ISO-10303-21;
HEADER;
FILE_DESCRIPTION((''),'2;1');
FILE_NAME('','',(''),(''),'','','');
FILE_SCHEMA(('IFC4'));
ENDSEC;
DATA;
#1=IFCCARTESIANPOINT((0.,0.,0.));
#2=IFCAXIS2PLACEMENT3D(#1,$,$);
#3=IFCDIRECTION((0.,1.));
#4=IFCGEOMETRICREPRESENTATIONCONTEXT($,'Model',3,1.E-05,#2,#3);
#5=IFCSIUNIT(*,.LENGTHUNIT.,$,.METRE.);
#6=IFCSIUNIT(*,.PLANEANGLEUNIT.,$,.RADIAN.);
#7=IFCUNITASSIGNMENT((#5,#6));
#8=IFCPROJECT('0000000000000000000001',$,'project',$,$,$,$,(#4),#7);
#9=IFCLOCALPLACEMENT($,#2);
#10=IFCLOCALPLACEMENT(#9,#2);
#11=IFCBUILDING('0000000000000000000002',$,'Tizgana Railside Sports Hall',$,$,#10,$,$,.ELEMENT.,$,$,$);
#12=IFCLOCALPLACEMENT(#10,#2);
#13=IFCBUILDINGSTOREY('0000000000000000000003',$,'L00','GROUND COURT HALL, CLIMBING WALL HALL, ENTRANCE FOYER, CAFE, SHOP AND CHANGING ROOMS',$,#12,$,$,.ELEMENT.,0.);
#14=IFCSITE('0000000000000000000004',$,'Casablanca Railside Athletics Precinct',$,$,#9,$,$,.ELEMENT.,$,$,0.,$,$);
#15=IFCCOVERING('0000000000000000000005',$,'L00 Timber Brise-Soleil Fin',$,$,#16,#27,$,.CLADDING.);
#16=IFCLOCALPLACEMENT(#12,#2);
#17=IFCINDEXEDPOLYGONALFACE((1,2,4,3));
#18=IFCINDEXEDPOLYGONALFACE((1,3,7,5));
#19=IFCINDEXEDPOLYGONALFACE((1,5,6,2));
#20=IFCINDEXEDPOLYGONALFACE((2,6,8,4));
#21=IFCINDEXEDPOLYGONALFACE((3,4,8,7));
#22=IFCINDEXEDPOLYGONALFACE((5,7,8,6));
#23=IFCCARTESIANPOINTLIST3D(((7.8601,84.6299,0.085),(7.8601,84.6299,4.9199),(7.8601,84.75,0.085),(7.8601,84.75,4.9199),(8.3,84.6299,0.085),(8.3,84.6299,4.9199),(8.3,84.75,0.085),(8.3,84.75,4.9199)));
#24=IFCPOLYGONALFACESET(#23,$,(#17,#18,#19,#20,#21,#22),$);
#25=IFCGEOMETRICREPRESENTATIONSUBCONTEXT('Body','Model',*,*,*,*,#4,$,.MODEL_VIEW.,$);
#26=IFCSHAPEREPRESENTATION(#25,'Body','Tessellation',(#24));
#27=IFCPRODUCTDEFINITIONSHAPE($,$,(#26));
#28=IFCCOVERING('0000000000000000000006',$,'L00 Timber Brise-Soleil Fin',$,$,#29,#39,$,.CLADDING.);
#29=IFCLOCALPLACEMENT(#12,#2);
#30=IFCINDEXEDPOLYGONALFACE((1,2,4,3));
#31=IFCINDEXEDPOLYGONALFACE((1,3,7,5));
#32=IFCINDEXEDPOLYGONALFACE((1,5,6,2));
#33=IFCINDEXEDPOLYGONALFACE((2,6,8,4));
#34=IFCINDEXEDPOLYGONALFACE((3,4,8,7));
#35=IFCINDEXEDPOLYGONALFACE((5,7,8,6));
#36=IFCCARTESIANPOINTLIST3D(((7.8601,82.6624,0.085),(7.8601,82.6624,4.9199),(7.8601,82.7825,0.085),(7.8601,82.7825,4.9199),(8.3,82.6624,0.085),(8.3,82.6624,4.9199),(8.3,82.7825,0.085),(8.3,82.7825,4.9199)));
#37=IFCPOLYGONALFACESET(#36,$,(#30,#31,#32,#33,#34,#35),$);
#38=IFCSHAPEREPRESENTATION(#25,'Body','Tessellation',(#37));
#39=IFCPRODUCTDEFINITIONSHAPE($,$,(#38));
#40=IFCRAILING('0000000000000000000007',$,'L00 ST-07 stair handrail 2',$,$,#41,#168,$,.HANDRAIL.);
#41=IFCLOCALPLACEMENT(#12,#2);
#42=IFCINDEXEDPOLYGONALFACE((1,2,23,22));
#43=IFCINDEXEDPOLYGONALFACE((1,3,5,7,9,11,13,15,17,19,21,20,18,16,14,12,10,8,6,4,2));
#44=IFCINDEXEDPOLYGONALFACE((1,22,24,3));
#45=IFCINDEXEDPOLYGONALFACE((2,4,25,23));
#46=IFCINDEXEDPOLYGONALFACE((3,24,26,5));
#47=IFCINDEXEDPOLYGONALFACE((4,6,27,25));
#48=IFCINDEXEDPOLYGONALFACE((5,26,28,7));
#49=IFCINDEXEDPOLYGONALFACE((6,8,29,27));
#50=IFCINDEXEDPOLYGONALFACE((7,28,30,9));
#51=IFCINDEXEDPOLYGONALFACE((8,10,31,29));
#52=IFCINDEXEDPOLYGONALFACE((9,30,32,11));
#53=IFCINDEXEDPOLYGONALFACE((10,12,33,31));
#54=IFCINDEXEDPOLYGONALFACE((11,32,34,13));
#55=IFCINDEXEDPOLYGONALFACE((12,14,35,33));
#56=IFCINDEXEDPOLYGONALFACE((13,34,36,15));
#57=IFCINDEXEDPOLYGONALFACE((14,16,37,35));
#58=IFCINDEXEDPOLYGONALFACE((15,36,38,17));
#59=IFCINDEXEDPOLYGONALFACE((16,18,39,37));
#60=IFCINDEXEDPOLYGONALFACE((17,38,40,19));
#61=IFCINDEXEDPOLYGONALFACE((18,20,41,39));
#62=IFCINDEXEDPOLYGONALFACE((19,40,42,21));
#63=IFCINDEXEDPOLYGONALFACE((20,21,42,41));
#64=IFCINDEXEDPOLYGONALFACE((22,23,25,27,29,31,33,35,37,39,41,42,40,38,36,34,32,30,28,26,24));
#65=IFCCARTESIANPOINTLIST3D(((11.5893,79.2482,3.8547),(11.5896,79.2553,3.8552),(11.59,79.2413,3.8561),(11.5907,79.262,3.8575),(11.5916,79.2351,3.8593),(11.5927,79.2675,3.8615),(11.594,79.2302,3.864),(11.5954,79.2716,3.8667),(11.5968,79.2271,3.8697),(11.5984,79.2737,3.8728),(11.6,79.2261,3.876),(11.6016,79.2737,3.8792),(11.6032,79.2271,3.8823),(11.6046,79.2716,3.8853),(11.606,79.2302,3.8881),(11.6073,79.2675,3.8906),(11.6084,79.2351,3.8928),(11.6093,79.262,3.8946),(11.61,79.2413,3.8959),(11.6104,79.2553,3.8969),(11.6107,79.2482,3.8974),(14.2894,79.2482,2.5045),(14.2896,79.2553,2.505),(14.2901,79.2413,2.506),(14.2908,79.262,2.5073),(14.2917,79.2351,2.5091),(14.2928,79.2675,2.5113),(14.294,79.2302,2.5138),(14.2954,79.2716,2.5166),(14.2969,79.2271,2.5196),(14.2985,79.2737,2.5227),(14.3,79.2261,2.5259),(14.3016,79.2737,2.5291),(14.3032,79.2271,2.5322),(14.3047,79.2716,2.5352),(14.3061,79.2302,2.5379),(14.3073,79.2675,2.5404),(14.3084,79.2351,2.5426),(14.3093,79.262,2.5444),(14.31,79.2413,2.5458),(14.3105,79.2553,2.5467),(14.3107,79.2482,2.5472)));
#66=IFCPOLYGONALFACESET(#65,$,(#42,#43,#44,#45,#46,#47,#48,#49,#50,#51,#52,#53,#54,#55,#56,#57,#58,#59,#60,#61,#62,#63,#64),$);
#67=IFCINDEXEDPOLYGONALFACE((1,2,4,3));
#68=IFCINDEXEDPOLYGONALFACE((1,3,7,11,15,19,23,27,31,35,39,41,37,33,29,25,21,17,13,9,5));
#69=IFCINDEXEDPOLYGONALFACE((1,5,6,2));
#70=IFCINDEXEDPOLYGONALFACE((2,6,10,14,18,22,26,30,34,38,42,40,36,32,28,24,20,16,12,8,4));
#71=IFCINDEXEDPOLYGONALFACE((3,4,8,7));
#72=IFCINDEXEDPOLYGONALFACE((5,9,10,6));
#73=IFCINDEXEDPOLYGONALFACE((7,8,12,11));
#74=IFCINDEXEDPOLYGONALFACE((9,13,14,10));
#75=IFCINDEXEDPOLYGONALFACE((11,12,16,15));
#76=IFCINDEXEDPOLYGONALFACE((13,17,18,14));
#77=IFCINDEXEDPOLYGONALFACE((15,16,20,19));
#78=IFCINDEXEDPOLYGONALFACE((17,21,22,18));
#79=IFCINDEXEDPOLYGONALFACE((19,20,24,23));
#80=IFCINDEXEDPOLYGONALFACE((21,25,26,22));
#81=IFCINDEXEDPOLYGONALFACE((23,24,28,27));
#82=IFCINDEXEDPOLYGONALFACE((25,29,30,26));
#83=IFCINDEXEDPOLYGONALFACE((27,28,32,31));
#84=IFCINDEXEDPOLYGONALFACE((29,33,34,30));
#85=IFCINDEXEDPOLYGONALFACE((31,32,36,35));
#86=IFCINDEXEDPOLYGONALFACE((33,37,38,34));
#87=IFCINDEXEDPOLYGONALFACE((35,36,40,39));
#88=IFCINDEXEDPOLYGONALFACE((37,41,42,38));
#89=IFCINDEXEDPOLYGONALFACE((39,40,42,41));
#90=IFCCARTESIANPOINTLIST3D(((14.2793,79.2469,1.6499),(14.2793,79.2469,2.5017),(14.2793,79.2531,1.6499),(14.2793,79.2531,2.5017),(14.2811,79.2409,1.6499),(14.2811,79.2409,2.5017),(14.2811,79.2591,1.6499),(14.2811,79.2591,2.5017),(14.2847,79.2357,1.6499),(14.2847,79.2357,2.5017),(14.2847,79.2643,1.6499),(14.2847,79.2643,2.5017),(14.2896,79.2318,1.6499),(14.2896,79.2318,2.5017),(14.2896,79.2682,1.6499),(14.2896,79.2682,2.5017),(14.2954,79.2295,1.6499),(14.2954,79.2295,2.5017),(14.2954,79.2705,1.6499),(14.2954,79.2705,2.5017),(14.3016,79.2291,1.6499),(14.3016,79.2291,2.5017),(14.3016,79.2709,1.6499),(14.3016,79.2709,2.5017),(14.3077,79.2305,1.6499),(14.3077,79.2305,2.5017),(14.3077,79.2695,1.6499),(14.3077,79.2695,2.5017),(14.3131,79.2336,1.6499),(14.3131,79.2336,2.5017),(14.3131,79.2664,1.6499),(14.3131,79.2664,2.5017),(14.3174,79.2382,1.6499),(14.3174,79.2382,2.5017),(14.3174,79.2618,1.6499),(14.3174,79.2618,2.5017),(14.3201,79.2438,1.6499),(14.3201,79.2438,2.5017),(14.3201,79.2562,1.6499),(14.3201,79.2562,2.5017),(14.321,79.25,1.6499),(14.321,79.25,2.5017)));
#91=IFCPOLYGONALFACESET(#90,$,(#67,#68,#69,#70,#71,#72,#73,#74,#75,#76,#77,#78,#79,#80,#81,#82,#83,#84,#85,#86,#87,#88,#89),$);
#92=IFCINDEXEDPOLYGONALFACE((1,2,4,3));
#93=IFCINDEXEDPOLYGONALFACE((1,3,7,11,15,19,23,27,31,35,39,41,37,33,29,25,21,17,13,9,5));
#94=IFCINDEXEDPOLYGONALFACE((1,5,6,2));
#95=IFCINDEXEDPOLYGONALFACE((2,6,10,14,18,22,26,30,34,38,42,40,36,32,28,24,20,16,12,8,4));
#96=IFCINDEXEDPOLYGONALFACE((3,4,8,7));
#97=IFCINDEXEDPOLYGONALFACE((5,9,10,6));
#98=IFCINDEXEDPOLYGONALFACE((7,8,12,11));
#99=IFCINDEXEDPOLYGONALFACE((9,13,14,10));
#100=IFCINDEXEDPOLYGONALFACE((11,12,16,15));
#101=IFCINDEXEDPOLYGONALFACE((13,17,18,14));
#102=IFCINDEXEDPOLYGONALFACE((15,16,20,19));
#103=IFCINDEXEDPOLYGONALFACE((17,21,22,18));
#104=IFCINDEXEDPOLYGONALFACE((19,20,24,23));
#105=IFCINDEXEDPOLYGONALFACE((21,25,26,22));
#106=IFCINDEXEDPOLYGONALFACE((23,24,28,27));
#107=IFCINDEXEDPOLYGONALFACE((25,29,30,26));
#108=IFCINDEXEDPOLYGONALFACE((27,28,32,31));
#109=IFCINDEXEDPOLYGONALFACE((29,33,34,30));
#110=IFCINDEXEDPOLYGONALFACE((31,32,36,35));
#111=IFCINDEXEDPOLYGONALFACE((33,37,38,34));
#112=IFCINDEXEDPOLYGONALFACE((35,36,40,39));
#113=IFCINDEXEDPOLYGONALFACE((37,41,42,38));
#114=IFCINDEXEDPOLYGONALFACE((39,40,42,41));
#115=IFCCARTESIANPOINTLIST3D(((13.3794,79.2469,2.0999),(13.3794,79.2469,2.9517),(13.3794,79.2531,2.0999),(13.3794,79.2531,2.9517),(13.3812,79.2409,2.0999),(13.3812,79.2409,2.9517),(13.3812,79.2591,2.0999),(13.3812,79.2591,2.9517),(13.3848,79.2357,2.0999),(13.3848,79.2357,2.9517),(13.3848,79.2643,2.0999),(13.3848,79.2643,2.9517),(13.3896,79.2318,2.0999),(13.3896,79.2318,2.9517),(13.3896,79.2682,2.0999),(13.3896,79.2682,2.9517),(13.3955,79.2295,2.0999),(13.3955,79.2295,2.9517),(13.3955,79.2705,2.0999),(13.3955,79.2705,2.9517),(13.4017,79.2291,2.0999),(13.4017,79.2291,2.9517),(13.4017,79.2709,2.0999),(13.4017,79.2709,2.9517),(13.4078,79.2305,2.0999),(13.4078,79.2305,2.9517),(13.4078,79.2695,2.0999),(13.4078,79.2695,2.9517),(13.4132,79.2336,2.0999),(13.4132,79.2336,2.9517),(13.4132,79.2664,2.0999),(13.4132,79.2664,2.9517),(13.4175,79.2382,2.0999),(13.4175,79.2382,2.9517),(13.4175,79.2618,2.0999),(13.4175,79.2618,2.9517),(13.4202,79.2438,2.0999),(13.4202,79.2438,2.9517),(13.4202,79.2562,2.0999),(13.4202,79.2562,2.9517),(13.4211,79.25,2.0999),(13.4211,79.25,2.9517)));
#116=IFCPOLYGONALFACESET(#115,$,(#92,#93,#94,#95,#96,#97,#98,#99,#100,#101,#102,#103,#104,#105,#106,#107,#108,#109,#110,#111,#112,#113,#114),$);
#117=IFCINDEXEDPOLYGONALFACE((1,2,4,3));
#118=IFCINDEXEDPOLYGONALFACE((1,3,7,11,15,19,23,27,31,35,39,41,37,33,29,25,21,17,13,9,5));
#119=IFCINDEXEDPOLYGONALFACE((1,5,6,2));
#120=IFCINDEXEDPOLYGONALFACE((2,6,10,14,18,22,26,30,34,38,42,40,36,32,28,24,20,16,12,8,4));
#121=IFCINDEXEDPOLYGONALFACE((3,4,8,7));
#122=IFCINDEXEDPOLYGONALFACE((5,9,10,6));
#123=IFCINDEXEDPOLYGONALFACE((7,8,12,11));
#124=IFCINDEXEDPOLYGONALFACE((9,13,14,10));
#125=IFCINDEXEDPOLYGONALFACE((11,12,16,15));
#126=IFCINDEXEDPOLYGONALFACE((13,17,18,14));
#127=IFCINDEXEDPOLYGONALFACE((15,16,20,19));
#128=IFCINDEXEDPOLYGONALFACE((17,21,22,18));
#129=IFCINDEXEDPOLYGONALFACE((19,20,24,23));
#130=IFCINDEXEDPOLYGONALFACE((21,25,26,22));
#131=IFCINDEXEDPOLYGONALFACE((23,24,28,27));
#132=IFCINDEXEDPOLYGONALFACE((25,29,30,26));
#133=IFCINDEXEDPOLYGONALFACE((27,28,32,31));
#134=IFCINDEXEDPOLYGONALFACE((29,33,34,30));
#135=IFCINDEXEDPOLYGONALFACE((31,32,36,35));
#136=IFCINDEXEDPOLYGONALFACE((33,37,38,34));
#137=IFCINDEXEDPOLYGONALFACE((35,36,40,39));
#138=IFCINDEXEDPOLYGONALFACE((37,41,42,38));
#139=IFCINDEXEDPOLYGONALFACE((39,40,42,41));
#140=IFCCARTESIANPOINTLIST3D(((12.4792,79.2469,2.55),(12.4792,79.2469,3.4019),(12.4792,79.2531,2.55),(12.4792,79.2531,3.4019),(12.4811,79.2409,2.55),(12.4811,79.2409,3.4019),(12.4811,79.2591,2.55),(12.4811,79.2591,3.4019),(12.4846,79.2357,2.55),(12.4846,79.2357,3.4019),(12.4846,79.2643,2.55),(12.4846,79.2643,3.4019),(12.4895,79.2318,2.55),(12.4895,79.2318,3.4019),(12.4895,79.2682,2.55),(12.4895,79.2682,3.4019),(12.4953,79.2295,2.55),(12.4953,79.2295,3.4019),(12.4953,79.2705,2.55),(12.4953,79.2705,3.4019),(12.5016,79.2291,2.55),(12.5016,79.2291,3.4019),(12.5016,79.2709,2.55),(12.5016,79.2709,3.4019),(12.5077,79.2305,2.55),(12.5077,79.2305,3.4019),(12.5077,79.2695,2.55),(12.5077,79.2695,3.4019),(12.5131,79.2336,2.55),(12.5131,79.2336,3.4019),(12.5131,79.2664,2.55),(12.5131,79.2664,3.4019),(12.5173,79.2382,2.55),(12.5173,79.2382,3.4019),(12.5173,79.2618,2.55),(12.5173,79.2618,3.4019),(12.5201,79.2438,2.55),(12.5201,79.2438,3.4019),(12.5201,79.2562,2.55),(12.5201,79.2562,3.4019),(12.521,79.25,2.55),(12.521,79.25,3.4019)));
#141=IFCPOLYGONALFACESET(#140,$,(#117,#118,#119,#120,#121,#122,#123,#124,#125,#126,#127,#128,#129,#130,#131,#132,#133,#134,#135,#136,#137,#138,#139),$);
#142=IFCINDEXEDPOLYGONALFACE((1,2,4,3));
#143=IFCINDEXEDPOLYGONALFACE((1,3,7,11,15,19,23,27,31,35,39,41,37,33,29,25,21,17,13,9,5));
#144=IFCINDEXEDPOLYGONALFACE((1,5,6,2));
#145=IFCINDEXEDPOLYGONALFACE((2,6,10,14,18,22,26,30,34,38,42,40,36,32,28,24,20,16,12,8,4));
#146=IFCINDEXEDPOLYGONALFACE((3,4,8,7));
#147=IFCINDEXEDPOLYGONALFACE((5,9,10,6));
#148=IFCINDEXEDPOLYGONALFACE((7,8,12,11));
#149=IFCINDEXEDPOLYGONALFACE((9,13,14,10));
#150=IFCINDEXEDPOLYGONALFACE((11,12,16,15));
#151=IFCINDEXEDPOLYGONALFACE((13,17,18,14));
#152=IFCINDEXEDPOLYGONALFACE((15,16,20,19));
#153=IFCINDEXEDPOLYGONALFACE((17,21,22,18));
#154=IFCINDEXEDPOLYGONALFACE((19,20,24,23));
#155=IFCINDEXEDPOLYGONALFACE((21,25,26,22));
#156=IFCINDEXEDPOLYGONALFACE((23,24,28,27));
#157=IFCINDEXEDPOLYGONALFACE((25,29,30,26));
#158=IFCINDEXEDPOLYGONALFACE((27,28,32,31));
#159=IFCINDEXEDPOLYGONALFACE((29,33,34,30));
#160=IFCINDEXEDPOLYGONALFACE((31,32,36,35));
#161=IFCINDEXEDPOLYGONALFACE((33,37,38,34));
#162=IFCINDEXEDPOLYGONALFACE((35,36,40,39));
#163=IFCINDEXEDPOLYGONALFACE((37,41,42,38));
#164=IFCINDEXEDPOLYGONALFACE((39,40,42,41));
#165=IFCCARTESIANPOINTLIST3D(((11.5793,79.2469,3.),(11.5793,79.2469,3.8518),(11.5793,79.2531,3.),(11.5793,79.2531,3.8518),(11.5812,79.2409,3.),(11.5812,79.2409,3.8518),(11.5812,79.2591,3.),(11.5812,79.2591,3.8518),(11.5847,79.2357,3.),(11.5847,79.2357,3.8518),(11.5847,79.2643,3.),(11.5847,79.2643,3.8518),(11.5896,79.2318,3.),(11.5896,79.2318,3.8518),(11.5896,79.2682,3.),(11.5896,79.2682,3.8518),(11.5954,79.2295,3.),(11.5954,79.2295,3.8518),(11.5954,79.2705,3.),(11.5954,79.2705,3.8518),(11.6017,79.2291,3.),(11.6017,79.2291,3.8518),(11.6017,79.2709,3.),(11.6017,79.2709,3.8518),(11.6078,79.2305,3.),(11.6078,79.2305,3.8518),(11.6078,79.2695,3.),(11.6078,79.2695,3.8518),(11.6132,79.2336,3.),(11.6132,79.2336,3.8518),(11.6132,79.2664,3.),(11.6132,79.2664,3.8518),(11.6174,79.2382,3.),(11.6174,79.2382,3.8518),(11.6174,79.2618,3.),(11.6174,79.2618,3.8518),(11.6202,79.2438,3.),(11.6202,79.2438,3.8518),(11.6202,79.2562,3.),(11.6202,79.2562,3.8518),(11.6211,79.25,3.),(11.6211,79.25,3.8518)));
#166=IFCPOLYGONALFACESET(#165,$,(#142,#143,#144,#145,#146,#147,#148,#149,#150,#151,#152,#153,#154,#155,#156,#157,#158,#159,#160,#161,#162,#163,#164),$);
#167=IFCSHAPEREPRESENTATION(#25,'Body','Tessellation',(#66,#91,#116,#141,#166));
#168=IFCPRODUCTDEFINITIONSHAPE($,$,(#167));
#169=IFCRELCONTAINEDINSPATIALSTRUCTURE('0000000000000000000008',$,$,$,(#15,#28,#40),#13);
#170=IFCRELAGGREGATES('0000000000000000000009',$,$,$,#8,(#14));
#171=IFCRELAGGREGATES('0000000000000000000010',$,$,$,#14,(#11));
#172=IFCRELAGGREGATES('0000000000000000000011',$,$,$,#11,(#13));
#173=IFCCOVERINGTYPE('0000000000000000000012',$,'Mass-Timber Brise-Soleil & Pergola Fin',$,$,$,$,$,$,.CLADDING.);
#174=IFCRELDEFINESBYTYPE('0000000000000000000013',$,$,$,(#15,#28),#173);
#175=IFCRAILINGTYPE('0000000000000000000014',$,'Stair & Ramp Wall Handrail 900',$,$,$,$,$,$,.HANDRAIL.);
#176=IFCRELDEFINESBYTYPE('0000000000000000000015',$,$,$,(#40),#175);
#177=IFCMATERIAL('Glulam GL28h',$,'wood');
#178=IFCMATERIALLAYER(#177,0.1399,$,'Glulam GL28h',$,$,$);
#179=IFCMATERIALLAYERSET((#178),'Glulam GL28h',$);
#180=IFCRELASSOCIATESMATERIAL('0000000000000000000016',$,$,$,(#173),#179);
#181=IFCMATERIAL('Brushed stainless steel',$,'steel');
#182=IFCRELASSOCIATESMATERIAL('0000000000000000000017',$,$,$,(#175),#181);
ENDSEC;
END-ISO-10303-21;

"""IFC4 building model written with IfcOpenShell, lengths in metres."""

from ifc_helpers import new_model, si_unit, direction, frame, origin, origin_2d, place, context, subcontext, project, spatial, rectangle, circle, extrude, material, layer, layer_set, type_object, element, save


model = new_model("IFC4")

# Units and contexts
model_context = context("Model", 3, precision=1e-05, world=origin(), true_north=direction((0.0, 1.0)))
body_context = subcontext(model_context, "Body", "Model", "MODEL_VIEW")
ifc_project = project(units=[si_unit("LENGTHUNIT", "METRE"), si_unit("PLANEANGLEUNIT", "RADIAN")], contexts=[model_context])

# Site, building, storey
site_placement = place(None, origin())
site = spatial("IfcSite", under=ifc_project, at=site_placement, Name="Casablanca Railside Athletics Precinct", CompositionType="ELEMENT", RefElevation=0.0)
building_placement = place(site_placement, origin())
building = spatial("IfcBuilding", under=site, at=building_placement, Name="Tizgana Railside Sports Hall", CompositionType="ELEMENT")
storey_placement = place(building_placement, origin())
storey = spatial("IfcBuildingStorey", under=building, at=storey_placement, Name="L00", Description="GROUND COURT HALL, CLIMBING WALL HALL, ENTRANCE FOYER, CAFE, SHOP AND CHANGING ROOMS", CompositionType="ELEMENT", Elevation=0.0)

# Coverings
ifc_material_1 = material(Name="Glulam GL28h", Category="wood")
ifc_layer_1 = layer(ifc_material_1, 0.1399, Name="Glulam GL28h")
ifc_layer_set_1 = layer_set([ifc_layer_1], Name="Glulam GL28h")
covering_type = type_object("IfcCoveringType", Name="Mass-Timber Brise-Soleil & Pergola Fin", PredefinedType="CLADDING", material=ifc_layer_set_1)
for number, where, z_axis, x_axis, name in (
    (1, (8.0801, 84.6899, 0.085), (0.0, 0.0, 1.0), (0.0, -1.0, 0.0), "L00 Timber Brise-Soleil Fin"),
    (2, (8.0801, 82.7224, 0.085), (0.0, 0.0, 1.0), (0.0, -1.0, 0.0), "L00 Timber Brise-Soleil Fin"),
):
    element("IfcCovering", number, at=place(storey_placement, frame(where, z_axis=z_axis, x_axis=x_axis)), inside=storey, type_object=covering_type, Name=name, PredefinedType="CLADDING", context=body_context, shape_type="SweptSolid", body=[
        extrude(rectangle(XDim=0.1201, YDim=0.4399, at=origin_2d()), origin(), (0.0, 0.0, 1.0), 4.835),
    ])

# Railing
ifc_material_2 = material(Name="Brushed stainless steel", Category="steel")
railing_type = type_object("IfcRailingType", Name="Stair & Ramp Wall Handrail 900", PredefinedType="HANDRAIL", material=ifc_material_2)
for number, where, name in (
    (3, (14.3, 79.25, 1.6499), "L00 ST-07 stair handrail 2"),
):
    element("IfcRailing", number, at=place(storey_placement, frame(where)), inside=storey, type_object=railing_type, Name=name, PredefinedType="HANDRAIL", context=body_context, shape_type="SweptSolid", body=[
        extrude(circle(Radius=0.0239, at=origin_2d()), frame((0.0, 0.0, 0.876), z_axis=(-0.894411, 0.0, 0.447246), x_axis=(0.0, -1.0, 0.0)), (0.0, 0.0, 1.0), 3.0188),
        extrude(circle(Radius=0.021, at=origin_2d()), origin(), (0.0, 0.0, 1.0), 0.8518),
        extrude(circle(Radius=0.021, at=origin_2d()), frame((-0.8999, 0.0, 0.45)), (0.0, 0.0, 1.0), 0.8518),
        extrude(circle(Radius=0.021, at=origin_2d()), frame((-1.8, 0.0, 0.9001)), (0.0, 0.0, 1.0), 0.8518),
        extrude(circle(Radius=0.021, at=origin_2d()), frame((-2.7, 0.0, 1.3501)), (0.0, 0.0, 1.0), 0.8518),
    ])

save(model, "model.ifc")
